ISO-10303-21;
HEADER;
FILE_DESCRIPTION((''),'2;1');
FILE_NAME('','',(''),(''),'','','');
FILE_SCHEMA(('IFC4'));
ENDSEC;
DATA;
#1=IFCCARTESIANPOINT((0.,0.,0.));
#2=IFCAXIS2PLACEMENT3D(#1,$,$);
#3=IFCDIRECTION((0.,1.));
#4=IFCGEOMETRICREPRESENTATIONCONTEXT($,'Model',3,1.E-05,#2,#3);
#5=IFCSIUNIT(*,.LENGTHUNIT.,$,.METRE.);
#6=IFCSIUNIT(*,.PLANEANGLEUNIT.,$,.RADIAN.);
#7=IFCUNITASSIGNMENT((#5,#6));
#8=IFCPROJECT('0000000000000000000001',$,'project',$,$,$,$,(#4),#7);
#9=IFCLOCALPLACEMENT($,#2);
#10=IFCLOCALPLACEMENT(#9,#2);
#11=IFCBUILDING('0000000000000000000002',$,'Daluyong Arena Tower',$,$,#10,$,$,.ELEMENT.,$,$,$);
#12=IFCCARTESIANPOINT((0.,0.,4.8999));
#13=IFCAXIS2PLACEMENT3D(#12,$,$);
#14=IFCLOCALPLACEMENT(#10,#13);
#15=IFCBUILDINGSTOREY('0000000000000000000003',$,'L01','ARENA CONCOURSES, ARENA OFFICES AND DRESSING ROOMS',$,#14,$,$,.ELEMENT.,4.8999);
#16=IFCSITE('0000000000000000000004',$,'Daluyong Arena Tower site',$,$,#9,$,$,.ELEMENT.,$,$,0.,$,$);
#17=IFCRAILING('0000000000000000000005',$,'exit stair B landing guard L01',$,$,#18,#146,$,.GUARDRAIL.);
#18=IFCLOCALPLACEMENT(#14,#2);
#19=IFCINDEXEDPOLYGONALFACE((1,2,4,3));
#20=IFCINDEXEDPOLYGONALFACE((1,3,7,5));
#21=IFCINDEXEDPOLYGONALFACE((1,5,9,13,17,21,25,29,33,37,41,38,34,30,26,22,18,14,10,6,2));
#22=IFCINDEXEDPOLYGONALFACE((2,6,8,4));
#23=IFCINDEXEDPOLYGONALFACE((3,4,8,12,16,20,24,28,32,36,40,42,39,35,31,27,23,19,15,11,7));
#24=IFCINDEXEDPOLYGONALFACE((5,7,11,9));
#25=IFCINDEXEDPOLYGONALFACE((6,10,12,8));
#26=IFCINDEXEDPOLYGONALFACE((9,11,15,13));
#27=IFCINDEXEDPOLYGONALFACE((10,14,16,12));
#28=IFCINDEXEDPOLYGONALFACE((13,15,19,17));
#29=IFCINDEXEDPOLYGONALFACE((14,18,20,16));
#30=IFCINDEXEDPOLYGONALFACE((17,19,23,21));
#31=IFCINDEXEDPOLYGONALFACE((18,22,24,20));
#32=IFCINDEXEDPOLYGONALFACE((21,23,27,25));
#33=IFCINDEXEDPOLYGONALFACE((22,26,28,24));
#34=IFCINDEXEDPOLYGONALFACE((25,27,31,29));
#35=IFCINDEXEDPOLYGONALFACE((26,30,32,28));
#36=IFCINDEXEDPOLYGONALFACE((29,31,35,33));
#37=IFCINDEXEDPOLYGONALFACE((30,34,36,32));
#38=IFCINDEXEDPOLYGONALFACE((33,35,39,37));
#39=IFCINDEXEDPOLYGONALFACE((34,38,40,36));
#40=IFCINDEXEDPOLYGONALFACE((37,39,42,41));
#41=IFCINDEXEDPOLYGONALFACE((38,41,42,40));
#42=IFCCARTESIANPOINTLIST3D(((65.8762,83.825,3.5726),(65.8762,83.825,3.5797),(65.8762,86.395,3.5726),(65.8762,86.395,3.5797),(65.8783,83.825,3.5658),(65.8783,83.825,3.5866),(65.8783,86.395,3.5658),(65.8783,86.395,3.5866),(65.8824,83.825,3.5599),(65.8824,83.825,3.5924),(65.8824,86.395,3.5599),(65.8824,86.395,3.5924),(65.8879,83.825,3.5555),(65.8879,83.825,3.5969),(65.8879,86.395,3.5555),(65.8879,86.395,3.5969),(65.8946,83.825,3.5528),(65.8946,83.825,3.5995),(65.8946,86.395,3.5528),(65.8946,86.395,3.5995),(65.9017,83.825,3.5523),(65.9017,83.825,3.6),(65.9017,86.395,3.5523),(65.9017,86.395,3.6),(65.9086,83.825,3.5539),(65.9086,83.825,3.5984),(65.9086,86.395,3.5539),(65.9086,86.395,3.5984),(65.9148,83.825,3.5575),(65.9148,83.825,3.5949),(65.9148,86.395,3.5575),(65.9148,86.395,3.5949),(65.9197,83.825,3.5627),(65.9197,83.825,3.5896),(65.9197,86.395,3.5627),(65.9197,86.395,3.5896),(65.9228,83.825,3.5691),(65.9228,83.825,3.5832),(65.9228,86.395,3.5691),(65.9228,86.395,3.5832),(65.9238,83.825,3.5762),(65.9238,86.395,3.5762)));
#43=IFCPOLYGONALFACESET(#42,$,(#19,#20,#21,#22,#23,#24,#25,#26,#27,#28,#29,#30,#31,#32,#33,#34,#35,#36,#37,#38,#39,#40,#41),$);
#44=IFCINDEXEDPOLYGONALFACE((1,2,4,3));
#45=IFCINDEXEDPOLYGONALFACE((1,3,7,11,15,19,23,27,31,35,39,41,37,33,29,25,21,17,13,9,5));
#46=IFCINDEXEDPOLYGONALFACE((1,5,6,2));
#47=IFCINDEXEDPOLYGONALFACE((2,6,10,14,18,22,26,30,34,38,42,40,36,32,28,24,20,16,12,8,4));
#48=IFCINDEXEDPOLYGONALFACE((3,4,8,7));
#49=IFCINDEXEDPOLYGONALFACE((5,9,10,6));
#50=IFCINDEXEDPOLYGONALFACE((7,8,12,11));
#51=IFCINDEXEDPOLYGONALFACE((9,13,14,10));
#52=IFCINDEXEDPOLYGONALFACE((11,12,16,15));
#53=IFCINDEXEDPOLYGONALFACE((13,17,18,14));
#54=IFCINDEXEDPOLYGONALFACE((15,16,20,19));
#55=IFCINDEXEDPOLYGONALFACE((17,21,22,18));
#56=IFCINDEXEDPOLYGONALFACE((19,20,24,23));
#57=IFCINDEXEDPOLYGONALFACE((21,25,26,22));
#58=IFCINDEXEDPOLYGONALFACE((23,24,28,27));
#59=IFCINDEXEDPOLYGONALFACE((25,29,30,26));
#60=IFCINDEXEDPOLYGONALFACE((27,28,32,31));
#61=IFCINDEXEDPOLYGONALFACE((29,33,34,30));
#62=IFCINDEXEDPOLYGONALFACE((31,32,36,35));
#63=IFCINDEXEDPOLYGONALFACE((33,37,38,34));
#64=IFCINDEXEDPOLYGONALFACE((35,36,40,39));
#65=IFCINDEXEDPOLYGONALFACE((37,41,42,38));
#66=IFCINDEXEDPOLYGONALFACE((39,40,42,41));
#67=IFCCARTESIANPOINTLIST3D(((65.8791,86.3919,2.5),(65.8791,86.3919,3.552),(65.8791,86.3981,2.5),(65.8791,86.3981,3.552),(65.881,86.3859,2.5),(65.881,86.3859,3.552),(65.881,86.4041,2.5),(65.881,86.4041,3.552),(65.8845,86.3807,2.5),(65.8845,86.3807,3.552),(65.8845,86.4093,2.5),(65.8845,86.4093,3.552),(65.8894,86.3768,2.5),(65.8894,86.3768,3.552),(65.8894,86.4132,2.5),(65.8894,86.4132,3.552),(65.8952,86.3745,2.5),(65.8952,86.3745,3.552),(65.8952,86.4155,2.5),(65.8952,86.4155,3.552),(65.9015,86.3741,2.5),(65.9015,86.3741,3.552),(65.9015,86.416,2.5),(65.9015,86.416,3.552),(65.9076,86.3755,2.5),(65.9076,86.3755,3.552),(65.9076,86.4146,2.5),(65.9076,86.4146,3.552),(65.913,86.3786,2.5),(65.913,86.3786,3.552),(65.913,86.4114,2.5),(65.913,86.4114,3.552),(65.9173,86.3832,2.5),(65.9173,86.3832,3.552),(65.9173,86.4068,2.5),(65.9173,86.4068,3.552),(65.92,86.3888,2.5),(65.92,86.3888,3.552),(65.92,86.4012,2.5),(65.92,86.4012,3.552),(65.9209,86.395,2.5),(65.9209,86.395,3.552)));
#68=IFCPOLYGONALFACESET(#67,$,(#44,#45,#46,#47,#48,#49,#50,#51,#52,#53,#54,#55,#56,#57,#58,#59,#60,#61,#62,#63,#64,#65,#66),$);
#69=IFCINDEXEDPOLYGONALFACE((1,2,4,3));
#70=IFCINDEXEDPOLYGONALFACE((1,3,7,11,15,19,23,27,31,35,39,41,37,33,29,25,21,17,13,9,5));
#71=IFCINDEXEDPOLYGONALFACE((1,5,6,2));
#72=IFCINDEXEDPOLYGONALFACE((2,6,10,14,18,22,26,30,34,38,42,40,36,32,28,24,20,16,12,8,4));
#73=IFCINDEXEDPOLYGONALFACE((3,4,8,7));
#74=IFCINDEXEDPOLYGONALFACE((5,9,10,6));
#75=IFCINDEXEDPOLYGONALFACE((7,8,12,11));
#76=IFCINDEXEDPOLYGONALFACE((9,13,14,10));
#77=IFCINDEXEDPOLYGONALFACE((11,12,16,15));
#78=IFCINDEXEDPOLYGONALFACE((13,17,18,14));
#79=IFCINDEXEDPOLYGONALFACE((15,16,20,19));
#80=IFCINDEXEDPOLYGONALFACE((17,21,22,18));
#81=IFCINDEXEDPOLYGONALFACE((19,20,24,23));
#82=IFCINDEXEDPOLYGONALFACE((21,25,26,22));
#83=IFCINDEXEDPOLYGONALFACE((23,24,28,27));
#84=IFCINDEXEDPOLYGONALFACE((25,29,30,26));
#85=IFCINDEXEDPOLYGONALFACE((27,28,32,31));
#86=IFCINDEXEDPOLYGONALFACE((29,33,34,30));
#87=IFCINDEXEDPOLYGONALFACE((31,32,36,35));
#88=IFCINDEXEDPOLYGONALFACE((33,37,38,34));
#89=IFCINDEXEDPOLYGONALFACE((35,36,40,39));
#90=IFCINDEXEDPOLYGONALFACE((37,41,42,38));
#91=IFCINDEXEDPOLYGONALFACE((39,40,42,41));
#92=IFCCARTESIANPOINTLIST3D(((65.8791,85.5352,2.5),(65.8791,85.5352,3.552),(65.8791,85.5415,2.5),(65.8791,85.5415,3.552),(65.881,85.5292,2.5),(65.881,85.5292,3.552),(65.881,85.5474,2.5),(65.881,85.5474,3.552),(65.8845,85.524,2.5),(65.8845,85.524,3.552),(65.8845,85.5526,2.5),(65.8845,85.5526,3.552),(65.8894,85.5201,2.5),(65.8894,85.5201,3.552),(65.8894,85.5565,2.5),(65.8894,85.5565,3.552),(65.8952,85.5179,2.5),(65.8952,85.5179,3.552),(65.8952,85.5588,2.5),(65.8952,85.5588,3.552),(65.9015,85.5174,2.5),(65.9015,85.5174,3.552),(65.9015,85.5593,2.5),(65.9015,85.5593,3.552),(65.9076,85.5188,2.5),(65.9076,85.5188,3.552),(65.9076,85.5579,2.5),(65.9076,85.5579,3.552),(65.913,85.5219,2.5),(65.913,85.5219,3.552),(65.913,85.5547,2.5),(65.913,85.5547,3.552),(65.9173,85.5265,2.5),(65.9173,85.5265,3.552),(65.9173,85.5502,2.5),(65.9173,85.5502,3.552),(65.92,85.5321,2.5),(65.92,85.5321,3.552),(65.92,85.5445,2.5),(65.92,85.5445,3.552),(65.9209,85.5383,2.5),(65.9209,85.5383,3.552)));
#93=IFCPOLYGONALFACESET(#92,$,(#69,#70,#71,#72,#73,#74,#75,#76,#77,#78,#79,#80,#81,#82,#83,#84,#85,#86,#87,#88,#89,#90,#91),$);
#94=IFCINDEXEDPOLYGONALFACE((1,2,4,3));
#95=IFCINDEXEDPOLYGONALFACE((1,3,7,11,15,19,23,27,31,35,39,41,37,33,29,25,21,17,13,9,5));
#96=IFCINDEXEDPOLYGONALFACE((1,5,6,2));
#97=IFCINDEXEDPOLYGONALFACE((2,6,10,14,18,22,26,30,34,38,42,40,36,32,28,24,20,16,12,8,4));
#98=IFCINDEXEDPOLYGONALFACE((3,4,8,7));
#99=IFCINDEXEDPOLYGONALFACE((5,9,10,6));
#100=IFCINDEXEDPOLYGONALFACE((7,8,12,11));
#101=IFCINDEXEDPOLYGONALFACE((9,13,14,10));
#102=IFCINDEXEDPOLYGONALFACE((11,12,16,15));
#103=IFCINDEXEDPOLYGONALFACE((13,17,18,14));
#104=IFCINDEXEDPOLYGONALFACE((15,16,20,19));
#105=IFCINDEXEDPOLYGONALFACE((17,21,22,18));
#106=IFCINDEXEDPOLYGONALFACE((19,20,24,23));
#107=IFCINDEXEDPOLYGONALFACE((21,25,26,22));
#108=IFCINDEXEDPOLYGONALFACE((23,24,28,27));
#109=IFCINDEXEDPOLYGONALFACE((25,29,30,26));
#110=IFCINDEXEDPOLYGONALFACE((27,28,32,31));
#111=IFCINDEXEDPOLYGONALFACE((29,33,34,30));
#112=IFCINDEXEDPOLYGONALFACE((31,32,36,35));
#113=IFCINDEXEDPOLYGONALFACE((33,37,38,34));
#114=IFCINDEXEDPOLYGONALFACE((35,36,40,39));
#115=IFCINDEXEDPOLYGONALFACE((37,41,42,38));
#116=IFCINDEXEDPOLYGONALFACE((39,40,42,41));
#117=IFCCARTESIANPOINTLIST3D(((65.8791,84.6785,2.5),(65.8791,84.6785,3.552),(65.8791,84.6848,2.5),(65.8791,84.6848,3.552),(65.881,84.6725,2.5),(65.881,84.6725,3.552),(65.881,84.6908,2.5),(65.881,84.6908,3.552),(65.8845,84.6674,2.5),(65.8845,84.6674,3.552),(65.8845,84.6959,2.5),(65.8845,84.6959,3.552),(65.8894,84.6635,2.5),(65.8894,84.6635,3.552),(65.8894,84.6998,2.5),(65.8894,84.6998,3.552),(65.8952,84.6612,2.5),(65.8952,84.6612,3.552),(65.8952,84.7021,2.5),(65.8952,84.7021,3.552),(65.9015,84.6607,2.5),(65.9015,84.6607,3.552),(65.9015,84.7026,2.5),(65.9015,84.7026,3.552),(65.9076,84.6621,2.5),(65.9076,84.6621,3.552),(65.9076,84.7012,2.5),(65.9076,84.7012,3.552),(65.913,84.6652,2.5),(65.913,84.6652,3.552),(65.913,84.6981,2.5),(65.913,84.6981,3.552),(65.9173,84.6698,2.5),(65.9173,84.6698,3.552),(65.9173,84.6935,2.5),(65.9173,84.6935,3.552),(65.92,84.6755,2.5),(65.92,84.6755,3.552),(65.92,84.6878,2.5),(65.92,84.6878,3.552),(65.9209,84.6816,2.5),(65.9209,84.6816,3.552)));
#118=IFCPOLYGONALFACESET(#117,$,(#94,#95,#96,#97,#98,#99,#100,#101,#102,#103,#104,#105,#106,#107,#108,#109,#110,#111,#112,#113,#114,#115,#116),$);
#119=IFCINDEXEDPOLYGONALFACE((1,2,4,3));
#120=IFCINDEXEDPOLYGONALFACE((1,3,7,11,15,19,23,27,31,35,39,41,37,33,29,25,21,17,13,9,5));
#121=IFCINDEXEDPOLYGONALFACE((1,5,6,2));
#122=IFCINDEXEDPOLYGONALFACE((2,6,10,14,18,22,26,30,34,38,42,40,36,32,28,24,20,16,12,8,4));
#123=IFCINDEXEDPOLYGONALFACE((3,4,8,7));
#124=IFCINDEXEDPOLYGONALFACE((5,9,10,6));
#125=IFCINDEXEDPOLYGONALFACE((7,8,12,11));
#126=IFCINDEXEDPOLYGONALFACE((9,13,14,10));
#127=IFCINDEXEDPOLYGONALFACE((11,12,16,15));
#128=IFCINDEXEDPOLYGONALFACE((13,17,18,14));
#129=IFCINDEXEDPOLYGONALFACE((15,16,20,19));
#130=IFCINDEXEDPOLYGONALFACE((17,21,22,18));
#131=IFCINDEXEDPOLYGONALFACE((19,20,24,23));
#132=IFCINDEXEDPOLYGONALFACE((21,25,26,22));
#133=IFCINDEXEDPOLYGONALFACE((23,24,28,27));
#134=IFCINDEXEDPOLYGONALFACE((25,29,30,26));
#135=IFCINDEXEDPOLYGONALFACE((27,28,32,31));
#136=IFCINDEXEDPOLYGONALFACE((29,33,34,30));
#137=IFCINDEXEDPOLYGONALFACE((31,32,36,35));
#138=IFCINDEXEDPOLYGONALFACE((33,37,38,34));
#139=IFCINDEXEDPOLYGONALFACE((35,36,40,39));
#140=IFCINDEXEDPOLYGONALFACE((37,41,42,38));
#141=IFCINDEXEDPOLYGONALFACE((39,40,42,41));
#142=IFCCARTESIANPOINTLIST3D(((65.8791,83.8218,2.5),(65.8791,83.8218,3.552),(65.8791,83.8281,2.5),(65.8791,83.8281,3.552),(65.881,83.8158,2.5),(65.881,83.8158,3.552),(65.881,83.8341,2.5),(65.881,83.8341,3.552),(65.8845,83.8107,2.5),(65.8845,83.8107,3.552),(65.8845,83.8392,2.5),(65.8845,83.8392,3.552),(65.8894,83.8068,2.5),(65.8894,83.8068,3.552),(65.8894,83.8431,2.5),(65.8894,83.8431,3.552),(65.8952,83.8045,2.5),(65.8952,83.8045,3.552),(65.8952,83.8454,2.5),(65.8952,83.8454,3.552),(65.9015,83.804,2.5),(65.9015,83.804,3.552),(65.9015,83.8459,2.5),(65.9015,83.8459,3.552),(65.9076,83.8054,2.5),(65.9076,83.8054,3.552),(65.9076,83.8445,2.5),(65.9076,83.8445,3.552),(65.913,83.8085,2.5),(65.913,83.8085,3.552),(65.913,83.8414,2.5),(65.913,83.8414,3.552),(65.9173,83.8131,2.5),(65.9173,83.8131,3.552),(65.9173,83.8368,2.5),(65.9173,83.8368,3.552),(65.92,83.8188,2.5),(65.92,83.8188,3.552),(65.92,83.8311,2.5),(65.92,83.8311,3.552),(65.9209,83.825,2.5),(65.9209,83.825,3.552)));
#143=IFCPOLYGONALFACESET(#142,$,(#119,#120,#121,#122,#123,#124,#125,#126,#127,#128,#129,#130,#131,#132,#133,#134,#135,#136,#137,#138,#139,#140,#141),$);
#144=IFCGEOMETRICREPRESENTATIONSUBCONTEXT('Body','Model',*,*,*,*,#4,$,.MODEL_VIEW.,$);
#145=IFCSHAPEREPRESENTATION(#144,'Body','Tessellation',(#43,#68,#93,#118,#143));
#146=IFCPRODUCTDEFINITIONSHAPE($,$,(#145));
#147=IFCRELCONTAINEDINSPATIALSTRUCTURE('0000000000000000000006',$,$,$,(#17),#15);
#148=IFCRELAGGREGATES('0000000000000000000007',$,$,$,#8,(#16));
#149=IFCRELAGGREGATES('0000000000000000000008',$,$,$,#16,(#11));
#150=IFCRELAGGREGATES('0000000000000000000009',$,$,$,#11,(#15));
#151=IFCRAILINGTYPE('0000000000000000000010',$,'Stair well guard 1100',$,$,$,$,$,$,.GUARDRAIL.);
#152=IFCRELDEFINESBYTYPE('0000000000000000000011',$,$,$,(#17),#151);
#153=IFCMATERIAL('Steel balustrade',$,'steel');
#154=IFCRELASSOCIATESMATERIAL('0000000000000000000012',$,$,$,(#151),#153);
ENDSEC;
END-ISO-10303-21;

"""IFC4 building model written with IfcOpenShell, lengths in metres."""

from ifc_helpers import new_model, si_unit, direction, frame, origin, origin_2d, place, context, subcontext, project, spatial, circle, extrude, material, type_object, element, save


model = new_model("IFC4")

# Units and contexts
model_context = context("Model", 3, precision=1e-05, world=origin(), true_north=direction((0.0, 1.0)))
body_context = subcontext(model_context, "Body", "Model", "MODEL_VIEW")
ifc_project = project(units=[si_unit("LENGTHUNIT", "METRE"), si_unit("PLANEANGLEUNIT", "RADIAN")], contexts=[model_context])

# Site, building, storey
site_placement = place(None, origin())
site = spatial("IfcSite", under=ifc_project, at=site_placement, Name="Daluyong Arena Tower site", CompositionType="ELEMENT", RefElevation=0.0)
building_placement = place(site_placement, origin())
building = spatial("IfcBuilding", under=site, at=building_placement, Name="Daluyong Arena Tower", CompositionType="ELEMENT")
storey_placement = place(building_placement, frame((0.0, 0.0, 4.8999)))
storey = spatial("IfcBuildingStorey", under=building, at=storey_placement, Name="L01", Description="ARENA CONCOURSES, ARENA OFFICES AND DRESSING ROOMS", CompositionType="ELEMENT", Elevation=4.8999)

# Railing
ifc_material_1 = material(Name="Steel balustrade", Category="steel")
railing_type_1 = type_object("IfcRailingType", Name="Stair well guard 1100", PredefinedType="GUARDRAIL", material=ifc_material_1)
railing_placement = place(storey_placement, frame((65.8999, 86.395, 2.5)))
element("IfcRailing", 1, at=railing_placement, inside=storey, type_object=railing_type_1, Name="exit stair B landing guard L01", PredefinedType="GUARDRAIL", context=body_context, shape_type="SweptSolid", body=[
    extrude(circle(Radius=0.0239, at=origin_2d()), frame((0.0, 0.0, 1.0762), z_axis=(0.0, -1.0, 0.0), x_axis=(1.0, 0.0, 0.0)), (0.0, 0.0, 1.0), 2.5701),
    extrude(circle(Radius=0.021, at=origin_2d()), origin(), (0.0, 0.0, 1.0), 1.052),
    extrude(circle(Radius=0.021, at=origin_2d()), frame((0.0, -0.8567, 0.0)), (0.0, 0.0, 1.0), 1.052),
    extrude(circle(Radius=0.021, at=origin_2d()), frame((0.0, -1.7134, 0.0)), (0.0, 0.0, 1.0), 1.052),
    extrude(circle(Radius=0.021, at=origin_2d()), frame((0.0, -2.5701, 0.0)), (0.0, 0.0, 1.0), 1.052),
])

save(model, "model.ifc")
